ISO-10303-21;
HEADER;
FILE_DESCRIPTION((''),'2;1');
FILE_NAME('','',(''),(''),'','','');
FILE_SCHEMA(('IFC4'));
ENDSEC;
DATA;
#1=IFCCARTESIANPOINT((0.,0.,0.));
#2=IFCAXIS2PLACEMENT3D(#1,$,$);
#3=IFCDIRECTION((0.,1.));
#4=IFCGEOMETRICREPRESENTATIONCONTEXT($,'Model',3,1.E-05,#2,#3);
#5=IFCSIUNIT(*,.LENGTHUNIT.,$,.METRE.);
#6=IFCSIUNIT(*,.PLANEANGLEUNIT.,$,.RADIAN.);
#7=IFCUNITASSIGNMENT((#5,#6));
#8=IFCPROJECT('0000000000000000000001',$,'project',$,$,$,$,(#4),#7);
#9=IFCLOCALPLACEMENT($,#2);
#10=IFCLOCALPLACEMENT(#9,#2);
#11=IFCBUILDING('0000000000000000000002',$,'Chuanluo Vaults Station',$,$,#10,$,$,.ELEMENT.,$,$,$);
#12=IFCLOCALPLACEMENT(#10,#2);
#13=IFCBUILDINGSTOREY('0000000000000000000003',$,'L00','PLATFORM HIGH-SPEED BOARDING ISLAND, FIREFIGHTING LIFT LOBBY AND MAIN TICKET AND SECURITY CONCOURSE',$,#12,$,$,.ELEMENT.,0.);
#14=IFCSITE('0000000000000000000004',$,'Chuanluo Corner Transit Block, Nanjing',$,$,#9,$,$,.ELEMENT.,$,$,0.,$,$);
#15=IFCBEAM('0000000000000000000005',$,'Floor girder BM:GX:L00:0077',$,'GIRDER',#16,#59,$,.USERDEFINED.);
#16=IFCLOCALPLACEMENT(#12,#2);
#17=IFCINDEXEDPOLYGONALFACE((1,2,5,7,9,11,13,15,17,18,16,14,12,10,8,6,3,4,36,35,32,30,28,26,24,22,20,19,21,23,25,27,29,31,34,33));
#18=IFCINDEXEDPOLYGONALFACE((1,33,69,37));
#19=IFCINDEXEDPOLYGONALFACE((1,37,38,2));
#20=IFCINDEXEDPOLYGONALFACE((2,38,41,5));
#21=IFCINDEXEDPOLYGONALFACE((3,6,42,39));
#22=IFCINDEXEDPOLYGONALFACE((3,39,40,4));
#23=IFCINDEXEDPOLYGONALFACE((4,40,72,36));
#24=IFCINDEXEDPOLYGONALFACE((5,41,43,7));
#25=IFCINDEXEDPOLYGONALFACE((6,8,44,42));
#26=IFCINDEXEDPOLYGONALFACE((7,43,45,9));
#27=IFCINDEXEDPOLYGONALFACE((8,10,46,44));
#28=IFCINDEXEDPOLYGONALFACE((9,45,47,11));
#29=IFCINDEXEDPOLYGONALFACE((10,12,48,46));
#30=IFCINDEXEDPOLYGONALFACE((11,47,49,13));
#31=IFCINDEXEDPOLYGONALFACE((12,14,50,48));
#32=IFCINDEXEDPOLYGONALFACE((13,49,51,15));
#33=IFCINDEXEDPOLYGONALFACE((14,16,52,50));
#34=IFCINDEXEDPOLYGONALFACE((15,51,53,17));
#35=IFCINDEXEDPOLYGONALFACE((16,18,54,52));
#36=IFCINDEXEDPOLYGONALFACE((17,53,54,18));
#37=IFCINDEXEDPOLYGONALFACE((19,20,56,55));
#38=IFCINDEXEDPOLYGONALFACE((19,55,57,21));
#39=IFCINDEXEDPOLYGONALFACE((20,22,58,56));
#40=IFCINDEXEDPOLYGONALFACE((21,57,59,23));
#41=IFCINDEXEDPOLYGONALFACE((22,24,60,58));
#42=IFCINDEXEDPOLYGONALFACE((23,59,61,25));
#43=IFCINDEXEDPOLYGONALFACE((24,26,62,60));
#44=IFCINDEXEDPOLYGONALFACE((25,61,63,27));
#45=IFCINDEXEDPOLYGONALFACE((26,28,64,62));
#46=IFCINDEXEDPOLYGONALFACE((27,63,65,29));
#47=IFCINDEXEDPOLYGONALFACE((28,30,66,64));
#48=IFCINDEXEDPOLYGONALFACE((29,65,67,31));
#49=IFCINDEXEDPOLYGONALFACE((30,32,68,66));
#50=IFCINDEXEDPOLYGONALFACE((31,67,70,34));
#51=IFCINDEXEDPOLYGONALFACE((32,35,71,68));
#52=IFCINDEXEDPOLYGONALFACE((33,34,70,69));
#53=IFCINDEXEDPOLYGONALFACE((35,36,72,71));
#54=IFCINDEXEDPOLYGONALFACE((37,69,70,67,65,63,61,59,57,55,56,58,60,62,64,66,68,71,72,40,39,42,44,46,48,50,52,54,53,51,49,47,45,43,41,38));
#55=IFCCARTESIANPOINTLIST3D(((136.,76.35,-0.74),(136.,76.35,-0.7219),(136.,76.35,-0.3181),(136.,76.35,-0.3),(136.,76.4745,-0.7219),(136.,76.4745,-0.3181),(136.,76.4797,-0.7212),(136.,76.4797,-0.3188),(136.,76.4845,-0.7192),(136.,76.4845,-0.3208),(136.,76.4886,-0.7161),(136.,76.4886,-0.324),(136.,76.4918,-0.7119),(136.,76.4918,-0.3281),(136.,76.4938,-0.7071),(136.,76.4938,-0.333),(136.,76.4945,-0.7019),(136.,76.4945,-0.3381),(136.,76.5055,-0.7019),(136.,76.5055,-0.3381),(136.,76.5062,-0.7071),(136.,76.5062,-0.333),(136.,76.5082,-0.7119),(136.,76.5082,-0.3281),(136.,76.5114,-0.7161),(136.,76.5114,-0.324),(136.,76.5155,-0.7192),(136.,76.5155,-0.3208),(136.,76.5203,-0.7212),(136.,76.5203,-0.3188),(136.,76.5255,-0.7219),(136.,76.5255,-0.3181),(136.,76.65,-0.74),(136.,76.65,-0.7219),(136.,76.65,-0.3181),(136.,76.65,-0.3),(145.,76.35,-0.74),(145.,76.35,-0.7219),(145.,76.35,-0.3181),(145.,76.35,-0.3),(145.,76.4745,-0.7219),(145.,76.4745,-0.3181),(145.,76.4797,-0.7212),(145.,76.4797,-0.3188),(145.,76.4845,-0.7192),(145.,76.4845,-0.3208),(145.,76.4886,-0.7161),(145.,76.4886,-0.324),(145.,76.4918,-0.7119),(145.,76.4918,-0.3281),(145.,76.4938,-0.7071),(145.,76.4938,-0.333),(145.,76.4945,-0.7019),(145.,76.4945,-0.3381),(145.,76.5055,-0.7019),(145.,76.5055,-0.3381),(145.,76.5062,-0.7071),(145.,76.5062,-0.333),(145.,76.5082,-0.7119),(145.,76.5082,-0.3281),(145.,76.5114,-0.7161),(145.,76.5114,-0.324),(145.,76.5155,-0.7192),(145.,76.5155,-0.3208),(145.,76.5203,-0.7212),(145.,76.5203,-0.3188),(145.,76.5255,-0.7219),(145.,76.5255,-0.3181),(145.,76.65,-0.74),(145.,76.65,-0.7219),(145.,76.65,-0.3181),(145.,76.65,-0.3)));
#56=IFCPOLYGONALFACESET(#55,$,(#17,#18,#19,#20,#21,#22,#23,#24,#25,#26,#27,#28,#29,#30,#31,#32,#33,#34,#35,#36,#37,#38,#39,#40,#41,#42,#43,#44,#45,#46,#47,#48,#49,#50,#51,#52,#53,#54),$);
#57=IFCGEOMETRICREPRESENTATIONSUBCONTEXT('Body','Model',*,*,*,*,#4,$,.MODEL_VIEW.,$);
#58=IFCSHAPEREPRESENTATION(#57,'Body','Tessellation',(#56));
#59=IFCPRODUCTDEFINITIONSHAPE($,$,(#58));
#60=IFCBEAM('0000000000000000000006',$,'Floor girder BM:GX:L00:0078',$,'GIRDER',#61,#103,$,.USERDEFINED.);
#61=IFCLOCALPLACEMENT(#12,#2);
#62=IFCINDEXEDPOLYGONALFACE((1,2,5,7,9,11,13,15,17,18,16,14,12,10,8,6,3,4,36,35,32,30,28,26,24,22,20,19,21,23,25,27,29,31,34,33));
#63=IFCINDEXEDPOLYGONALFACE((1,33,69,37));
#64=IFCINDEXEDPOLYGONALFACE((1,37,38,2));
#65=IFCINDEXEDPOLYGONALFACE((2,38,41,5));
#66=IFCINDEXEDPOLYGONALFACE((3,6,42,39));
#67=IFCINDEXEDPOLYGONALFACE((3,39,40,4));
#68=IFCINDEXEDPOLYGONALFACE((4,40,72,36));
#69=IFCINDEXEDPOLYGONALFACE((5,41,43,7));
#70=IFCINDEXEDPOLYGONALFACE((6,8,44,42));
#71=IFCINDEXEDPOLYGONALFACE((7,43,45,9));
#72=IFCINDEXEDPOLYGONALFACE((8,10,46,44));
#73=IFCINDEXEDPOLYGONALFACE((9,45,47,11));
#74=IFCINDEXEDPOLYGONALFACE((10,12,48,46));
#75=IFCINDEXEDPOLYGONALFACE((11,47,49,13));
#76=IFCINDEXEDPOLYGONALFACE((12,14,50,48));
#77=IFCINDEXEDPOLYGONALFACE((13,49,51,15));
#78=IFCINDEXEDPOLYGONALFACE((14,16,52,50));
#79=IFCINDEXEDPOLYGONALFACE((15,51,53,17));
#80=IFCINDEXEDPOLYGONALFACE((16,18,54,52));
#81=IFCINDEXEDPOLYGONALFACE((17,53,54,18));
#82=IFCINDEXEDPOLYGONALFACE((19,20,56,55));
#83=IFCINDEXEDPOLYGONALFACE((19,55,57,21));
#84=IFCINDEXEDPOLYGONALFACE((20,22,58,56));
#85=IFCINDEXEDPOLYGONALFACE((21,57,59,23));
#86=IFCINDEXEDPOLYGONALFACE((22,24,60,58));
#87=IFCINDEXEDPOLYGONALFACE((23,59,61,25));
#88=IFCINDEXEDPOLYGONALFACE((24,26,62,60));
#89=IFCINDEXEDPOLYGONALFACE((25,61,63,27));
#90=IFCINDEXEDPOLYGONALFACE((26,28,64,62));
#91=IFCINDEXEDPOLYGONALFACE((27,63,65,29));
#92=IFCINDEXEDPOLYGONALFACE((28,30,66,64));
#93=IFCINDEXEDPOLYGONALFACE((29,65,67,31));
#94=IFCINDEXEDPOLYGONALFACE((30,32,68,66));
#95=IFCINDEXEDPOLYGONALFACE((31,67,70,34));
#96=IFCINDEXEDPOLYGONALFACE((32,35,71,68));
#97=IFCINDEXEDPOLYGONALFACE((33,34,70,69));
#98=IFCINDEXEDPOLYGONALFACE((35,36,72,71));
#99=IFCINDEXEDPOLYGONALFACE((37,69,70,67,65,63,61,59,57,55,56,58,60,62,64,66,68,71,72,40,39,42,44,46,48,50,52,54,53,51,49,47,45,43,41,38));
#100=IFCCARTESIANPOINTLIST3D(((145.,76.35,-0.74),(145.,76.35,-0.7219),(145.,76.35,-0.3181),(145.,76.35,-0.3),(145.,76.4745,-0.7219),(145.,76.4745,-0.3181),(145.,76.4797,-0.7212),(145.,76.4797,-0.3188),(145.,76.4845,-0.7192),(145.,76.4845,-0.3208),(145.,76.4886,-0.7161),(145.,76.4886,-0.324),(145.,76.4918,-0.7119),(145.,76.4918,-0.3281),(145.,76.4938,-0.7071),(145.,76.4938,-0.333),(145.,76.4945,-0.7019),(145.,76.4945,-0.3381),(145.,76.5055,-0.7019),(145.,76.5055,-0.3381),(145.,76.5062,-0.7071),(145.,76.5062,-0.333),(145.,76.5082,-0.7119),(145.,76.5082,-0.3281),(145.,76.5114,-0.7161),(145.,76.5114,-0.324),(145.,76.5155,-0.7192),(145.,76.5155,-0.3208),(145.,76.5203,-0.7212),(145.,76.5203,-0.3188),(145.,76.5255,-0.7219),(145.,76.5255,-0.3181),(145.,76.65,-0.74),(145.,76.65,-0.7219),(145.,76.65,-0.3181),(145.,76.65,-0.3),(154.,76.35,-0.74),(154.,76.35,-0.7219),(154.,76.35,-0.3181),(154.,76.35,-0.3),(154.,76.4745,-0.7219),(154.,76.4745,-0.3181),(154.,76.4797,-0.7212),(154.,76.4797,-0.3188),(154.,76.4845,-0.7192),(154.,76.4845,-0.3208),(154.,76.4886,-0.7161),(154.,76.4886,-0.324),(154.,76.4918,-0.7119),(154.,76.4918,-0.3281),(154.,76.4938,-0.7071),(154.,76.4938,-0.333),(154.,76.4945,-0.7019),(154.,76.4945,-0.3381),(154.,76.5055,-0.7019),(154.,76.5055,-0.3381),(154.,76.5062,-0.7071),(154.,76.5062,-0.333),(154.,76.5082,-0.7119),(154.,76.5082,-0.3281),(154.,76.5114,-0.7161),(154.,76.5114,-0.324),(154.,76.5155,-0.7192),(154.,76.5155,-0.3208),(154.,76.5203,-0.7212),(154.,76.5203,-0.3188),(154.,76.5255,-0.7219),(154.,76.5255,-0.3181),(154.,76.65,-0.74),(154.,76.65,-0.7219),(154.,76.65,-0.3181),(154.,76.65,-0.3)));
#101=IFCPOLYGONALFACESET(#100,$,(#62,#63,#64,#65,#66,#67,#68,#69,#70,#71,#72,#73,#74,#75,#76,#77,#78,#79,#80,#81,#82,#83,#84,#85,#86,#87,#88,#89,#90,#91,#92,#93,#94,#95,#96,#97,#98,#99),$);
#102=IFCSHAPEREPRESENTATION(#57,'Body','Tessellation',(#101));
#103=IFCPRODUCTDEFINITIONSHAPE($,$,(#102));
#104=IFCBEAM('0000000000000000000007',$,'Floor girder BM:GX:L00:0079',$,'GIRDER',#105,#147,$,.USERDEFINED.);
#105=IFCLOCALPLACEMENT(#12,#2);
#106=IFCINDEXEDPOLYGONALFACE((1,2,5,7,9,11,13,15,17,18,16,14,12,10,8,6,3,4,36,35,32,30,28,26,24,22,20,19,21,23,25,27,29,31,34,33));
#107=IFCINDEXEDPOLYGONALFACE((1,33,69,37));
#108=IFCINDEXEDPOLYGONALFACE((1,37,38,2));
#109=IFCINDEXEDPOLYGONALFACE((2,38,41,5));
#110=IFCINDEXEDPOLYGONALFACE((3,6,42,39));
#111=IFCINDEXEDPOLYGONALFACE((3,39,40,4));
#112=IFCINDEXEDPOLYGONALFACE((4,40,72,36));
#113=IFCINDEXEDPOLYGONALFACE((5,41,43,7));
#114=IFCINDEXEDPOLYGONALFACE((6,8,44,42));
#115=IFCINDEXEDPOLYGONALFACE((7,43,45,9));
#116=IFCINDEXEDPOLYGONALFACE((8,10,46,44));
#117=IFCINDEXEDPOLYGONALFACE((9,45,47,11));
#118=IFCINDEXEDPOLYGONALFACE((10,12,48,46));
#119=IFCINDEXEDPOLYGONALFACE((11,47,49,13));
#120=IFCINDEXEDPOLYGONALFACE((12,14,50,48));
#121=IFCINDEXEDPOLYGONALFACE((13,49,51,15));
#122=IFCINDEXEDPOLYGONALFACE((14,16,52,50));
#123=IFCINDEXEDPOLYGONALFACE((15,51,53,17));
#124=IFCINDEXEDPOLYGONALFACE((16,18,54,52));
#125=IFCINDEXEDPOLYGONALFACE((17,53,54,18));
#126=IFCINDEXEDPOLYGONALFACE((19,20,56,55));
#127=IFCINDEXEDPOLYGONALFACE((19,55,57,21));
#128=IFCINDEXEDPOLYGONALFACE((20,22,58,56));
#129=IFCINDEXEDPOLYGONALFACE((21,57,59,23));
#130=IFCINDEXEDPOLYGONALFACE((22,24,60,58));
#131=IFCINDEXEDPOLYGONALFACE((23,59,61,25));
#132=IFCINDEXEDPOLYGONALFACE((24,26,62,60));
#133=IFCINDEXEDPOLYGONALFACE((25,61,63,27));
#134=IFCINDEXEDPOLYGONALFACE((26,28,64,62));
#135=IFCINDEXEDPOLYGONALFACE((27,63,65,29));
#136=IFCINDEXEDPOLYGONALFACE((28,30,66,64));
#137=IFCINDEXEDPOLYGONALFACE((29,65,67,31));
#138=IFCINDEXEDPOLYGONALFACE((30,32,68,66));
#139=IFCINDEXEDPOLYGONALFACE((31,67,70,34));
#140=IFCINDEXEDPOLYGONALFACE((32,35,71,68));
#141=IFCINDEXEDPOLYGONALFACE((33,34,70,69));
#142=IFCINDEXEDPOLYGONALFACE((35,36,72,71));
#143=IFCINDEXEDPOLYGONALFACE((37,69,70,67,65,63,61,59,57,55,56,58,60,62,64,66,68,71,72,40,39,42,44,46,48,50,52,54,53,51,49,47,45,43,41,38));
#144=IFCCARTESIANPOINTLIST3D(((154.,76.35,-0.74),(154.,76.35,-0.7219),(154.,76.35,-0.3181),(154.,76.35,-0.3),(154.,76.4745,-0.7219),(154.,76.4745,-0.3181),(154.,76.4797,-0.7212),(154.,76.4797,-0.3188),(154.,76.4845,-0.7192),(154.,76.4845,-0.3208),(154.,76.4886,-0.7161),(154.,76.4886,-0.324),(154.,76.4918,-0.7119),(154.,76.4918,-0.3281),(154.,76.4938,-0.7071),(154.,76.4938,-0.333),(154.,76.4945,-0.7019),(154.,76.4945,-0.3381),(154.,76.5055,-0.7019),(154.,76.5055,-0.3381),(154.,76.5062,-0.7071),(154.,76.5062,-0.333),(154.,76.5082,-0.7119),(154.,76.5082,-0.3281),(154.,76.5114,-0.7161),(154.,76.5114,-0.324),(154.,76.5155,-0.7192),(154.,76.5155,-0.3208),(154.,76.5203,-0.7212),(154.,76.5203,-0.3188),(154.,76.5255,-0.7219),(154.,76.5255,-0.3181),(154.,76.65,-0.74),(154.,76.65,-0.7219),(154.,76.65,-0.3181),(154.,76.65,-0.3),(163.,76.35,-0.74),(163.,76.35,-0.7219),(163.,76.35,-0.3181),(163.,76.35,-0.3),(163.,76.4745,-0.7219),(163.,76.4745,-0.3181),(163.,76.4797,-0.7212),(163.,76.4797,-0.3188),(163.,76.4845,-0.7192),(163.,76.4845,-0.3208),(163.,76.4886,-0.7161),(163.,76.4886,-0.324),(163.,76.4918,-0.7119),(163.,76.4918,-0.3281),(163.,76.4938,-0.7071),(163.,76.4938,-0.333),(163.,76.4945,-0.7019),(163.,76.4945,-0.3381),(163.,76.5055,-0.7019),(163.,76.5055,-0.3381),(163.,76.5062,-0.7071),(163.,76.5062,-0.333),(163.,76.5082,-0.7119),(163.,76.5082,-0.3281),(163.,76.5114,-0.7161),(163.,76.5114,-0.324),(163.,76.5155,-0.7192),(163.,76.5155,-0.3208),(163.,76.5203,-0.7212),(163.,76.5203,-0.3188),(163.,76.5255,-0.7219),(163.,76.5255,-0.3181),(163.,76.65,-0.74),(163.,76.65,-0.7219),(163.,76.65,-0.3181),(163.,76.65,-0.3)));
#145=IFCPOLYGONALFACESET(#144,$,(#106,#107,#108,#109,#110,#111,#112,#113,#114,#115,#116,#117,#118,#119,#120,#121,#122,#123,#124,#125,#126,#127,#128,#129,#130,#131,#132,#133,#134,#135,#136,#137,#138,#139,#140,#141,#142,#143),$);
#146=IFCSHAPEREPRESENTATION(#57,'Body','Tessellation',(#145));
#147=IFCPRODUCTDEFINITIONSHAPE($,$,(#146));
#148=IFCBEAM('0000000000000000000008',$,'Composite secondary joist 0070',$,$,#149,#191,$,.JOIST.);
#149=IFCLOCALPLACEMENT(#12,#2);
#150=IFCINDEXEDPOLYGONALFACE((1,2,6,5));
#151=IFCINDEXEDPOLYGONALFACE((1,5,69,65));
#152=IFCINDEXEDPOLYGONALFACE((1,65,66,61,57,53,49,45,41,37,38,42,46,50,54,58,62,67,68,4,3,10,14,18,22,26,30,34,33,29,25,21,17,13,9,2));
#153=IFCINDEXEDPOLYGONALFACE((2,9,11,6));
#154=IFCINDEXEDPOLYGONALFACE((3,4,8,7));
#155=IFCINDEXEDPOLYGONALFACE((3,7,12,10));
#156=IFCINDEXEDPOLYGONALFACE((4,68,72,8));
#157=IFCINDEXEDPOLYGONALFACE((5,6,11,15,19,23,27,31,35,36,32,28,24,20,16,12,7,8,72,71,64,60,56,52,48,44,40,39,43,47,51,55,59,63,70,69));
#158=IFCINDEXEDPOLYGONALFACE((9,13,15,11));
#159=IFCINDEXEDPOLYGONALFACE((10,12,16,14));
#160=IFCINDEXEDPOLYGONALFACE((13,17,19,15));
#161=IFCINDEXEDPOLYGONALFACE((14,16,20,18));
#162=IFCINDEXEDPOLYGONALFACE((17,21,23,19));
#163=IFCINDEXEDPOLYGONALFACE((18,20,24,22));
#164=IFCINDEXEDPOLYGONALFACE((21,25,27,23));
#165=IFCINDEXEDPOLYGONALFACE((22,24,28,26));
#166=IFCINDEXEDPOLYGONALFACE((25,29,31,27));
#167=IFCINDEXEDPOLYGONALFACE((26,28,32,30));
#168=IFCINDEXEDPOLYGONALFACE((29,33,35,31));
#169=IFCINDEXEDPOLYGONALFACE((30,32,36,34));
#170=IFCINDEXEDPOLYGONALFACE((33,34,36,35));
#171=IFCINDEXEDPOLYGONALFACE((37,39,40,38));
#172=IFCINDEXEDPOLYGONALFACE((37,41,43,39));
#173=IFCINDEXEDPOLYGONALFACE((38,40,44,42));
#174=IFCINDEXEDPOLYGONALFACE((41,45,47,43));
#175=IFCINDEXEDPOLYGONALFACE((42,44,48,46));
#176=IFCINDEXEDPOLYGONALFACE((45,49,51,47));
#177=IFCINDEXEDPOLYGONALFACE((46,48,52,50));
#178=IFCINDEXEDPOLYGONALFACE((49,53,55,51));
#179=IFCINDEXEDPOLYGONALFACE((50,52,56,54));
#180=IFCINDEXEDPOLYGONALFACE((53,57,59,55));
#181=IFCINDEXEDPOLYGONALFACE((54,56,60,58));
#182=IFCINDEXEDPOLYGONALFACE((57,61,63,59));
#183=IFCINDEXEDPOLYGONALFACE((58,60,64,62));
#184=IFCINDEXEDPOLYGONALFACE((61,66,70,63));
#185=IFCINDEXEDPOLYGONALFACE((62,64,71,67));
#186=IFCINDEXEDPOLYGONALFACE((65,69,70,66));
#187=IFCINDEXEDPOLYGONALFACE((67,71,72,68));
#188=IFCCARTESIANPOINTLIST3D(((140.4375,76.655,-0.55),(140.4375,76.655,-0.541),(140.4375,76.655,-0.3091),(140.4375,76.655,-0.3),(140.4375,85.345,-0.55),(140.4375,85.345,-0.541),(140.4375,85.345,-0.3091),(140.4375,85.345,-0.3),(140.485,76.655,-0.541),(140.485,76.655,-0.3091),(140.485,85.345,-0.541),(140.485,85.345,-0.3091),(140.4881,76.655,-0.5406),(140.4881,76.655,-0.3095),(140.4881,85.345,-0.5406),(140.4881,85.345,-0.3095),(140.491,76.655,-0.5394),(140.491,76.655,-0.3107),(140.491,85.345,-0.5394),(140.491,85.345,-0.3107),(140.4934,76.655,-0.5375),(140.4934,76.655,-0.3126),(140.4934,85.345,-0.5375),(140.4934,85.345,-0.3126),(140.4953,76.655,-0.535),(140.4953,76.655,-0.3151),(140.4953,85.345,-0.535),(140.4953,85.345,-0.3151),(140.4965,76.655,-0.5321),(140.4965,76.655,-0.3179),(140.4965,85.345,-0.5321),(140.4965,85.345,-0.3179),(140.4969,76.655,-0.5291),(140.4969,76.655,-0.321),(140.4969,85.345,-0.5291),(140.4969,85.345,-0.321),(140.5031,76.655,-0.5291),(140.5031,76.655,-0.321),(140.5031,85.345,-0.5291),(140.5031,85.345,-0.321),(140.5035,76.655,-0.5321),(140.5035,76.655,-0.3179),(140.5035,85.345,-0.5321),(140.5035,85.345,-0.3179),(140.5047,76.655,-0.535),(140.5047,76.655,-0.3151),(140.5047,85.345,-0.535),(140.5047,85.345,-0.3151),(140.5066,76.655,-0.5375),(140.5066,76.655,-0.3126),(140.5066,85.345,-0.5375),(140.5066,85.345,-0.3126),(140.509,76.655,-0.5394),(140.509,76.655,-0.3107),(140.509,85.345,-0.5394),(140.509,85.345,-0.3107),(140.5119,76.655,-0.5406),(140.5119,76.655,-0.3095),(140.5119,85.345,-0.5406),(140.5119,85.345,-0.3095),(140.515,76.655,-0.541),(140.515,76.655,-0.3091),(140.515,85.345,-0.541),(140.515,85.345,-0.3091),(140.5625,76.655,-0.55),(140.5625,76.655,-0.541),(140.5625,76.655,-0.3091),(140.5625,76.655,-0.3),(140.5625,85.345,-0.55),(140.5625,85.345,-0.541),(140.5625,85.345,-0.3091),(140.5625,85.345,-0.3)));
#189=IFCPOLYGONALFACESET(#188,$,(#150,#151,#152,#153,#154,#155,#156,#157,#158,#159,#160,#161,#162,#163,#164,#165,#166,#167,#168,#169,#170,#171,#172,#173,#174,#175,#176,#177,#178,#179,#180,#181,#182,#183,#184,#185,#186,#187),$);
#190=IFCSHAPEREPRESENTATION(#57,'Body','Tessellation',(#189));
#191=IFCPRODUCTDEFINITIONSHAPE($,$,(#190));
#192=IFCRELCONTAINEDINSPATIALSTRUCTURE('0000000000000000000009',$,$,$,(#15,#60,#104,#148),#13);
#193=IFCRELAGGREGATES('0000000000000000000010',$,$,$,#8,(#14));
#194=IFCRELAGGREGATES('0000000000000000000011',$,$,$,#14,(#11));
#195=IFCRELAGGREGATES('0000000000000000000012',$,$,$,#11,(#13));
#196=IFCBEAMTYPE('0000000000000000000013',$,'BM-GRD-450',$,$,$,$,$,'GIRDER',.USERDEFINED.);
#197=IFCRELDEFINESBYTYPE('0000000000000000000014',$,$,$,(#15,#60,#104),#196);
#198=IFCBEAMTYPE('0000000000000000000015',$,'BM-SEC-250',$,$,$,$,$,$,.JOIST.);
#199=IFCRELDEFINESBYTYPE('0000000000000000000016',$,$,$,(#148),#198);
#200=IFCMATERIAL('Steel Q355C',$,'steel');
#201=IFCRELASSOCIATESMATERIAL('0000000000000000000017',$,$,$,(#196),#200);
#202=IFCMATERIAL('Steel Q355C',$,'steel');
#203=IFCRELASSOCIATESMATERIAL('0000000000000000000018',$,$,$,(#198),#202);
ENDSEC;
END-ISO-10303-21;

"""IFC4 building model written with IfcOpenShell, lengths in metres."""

from ifc_helpers import new_model, si_unit, direction, frame, origin, origin_2d, place, context, subcontext, project, spatial, i_section, extrude, material, material_profile, profile_set, type_object, element, save


model = new_model("IFC4")

# Units and contexts
model_context = context("Model", 3, precision=1e-05, world=origin(), true_north=direction((0.0, 1.0)))
body_context = subcontext(model_context, "Body", "Model", "MODEL_VIEW")
ifc_project = project(units=[si_unit("LENGTHUNIT", "METRE"), si_unit("PLANEANGLEUNIT", "RADIAN")], contexts=[model_context])

# Site, building, storey
site_placement = place(None, origin())
site = spatial("IfcSite", under=ifc_project, at=site_placement, Name="Chuanluo Corner Transit Block, Nanjing", CompositionType="ELEMENT", RefElevation=0.0)
building_placement = place(site_placement, origin())
building = spatial("IfcBuilding", under=site, at=building_placement, Name="Chuanluo Vaults Station", CompositionType="ELEMENT")
storey_placement = place(building_placement, origin())
storey = spatial("IfcBuildingStorey", under=building, at=storey_placement, Name="L00", Description="PLATFORM HIGH-SPEED BOARDING ISLAND, FIREFIGHTING LIFT LOBBY AND MAIN TICKET AND SECURITY CONCOURSE", CompositionType="ELEMENT", Elevation=0.0)

# Beams
ifc_material_1 = material(Name="Steel Q355C", Category="steel")
ifc_material_profile_1 = material_profile(ifc_material_1, i_section(OverallWidth=0.3, OverallDepth=0.4399, WebThickness=0.011, FlangeThickness=0.0181, FilletRadius=0.02, at=origin_2d()))
ifc_profile_set_1 = profile_set([ifc_material_profile_1], Name="Steel Q355C")
beam_type_1 = type_object("IfcBeamType", Name="BM-GRD-450", ElementType="GIRDER", PredefinedType="USERDEFINED", material=ifc_profile_set_1)
for number, where, z_axis, x_axis, name in (
    (1, (136.0, 76.5, -0.52), (1.0, 0.0, 0.0), (0.0, 1.0, 0.0), "Floor girder BM:GX:L00:0077"),
    (2, (145.0, 76.5, -0.52), (1.0, 0.0, 0.0), (0.0, 1.0, 0.0), "Floor girder BM:GX:L00:0078"),
    (3, (154.0, 76.5, -0.52), (1.0, 0.0, 0.0), (0.0, 1.0, 0.0), "Floor girder BM:GX:L00:0079"),
):
    element("IfcBeam", number, at=place(storey_placement, frame(where, z_axis=z_axis, x_axis=x_axis)), inside=storey, type_object=beam_type_1, Name=name, ObjectType="GIRDER", PredefinedType="USERDEFINED", context=body_context, shape_type="SweptSolid", body=[
        extrude(i_section(OverallWidth=0.3, OverallDepth=0.4399, WebThickness=0.011, FlangeThickness=0.0181, FilletRadius=0.02, at=origin_2d()), origin(), (0.0, 0.0, 1.0), 9.0),
    ])
ifc_material_2 = material(Name="Steel Q355C", Category="steel")
ifc_material_profile_2 = material_profile(ifc_material_2, i_section(OverallWidth=0.125, OverallDepth=0.25, WebThickness=0.0061, FlangeThickness=0.009, FilletRadius=0.012, at=origin_2d()))
ifc_profile_set_2 = profile_set([ifc_material_profile_2], Name="Steel Q355C")
beam_type_2 = type_object("IfcBeamType", Name="BM-SEC-250", PredefinedType="JOIST", material=ifc_profile_set_2)
for number, where, z_axis, x_axis, name in (
    (4, (140.5, 76.655, -0.425), (0.0, 1.0, 0.0), (-1.0, 0.0, 0.0), "Composite secondary joist 0070"),
):
    element("IfcBeam", number, at=place(storey_placement, frame(where, z_axis=z_axis, x_axis=x_axis)), inside=storey, type_object=beam_type_2, Name=name, PredefinedType="JOIST", context=body_context, shape_type="SweptSolid", body=[
        extrude(i_section(OverallWidth=0.125, OverallDepth=0.25, WebThickness=0.0061, FlangeThickness=0.009, FilletRadius=0.012, at=origin_2d()), origin(), (0.0, 0.0, 1.0), 8.6899),
    ])

save(model, "model.ifc")
